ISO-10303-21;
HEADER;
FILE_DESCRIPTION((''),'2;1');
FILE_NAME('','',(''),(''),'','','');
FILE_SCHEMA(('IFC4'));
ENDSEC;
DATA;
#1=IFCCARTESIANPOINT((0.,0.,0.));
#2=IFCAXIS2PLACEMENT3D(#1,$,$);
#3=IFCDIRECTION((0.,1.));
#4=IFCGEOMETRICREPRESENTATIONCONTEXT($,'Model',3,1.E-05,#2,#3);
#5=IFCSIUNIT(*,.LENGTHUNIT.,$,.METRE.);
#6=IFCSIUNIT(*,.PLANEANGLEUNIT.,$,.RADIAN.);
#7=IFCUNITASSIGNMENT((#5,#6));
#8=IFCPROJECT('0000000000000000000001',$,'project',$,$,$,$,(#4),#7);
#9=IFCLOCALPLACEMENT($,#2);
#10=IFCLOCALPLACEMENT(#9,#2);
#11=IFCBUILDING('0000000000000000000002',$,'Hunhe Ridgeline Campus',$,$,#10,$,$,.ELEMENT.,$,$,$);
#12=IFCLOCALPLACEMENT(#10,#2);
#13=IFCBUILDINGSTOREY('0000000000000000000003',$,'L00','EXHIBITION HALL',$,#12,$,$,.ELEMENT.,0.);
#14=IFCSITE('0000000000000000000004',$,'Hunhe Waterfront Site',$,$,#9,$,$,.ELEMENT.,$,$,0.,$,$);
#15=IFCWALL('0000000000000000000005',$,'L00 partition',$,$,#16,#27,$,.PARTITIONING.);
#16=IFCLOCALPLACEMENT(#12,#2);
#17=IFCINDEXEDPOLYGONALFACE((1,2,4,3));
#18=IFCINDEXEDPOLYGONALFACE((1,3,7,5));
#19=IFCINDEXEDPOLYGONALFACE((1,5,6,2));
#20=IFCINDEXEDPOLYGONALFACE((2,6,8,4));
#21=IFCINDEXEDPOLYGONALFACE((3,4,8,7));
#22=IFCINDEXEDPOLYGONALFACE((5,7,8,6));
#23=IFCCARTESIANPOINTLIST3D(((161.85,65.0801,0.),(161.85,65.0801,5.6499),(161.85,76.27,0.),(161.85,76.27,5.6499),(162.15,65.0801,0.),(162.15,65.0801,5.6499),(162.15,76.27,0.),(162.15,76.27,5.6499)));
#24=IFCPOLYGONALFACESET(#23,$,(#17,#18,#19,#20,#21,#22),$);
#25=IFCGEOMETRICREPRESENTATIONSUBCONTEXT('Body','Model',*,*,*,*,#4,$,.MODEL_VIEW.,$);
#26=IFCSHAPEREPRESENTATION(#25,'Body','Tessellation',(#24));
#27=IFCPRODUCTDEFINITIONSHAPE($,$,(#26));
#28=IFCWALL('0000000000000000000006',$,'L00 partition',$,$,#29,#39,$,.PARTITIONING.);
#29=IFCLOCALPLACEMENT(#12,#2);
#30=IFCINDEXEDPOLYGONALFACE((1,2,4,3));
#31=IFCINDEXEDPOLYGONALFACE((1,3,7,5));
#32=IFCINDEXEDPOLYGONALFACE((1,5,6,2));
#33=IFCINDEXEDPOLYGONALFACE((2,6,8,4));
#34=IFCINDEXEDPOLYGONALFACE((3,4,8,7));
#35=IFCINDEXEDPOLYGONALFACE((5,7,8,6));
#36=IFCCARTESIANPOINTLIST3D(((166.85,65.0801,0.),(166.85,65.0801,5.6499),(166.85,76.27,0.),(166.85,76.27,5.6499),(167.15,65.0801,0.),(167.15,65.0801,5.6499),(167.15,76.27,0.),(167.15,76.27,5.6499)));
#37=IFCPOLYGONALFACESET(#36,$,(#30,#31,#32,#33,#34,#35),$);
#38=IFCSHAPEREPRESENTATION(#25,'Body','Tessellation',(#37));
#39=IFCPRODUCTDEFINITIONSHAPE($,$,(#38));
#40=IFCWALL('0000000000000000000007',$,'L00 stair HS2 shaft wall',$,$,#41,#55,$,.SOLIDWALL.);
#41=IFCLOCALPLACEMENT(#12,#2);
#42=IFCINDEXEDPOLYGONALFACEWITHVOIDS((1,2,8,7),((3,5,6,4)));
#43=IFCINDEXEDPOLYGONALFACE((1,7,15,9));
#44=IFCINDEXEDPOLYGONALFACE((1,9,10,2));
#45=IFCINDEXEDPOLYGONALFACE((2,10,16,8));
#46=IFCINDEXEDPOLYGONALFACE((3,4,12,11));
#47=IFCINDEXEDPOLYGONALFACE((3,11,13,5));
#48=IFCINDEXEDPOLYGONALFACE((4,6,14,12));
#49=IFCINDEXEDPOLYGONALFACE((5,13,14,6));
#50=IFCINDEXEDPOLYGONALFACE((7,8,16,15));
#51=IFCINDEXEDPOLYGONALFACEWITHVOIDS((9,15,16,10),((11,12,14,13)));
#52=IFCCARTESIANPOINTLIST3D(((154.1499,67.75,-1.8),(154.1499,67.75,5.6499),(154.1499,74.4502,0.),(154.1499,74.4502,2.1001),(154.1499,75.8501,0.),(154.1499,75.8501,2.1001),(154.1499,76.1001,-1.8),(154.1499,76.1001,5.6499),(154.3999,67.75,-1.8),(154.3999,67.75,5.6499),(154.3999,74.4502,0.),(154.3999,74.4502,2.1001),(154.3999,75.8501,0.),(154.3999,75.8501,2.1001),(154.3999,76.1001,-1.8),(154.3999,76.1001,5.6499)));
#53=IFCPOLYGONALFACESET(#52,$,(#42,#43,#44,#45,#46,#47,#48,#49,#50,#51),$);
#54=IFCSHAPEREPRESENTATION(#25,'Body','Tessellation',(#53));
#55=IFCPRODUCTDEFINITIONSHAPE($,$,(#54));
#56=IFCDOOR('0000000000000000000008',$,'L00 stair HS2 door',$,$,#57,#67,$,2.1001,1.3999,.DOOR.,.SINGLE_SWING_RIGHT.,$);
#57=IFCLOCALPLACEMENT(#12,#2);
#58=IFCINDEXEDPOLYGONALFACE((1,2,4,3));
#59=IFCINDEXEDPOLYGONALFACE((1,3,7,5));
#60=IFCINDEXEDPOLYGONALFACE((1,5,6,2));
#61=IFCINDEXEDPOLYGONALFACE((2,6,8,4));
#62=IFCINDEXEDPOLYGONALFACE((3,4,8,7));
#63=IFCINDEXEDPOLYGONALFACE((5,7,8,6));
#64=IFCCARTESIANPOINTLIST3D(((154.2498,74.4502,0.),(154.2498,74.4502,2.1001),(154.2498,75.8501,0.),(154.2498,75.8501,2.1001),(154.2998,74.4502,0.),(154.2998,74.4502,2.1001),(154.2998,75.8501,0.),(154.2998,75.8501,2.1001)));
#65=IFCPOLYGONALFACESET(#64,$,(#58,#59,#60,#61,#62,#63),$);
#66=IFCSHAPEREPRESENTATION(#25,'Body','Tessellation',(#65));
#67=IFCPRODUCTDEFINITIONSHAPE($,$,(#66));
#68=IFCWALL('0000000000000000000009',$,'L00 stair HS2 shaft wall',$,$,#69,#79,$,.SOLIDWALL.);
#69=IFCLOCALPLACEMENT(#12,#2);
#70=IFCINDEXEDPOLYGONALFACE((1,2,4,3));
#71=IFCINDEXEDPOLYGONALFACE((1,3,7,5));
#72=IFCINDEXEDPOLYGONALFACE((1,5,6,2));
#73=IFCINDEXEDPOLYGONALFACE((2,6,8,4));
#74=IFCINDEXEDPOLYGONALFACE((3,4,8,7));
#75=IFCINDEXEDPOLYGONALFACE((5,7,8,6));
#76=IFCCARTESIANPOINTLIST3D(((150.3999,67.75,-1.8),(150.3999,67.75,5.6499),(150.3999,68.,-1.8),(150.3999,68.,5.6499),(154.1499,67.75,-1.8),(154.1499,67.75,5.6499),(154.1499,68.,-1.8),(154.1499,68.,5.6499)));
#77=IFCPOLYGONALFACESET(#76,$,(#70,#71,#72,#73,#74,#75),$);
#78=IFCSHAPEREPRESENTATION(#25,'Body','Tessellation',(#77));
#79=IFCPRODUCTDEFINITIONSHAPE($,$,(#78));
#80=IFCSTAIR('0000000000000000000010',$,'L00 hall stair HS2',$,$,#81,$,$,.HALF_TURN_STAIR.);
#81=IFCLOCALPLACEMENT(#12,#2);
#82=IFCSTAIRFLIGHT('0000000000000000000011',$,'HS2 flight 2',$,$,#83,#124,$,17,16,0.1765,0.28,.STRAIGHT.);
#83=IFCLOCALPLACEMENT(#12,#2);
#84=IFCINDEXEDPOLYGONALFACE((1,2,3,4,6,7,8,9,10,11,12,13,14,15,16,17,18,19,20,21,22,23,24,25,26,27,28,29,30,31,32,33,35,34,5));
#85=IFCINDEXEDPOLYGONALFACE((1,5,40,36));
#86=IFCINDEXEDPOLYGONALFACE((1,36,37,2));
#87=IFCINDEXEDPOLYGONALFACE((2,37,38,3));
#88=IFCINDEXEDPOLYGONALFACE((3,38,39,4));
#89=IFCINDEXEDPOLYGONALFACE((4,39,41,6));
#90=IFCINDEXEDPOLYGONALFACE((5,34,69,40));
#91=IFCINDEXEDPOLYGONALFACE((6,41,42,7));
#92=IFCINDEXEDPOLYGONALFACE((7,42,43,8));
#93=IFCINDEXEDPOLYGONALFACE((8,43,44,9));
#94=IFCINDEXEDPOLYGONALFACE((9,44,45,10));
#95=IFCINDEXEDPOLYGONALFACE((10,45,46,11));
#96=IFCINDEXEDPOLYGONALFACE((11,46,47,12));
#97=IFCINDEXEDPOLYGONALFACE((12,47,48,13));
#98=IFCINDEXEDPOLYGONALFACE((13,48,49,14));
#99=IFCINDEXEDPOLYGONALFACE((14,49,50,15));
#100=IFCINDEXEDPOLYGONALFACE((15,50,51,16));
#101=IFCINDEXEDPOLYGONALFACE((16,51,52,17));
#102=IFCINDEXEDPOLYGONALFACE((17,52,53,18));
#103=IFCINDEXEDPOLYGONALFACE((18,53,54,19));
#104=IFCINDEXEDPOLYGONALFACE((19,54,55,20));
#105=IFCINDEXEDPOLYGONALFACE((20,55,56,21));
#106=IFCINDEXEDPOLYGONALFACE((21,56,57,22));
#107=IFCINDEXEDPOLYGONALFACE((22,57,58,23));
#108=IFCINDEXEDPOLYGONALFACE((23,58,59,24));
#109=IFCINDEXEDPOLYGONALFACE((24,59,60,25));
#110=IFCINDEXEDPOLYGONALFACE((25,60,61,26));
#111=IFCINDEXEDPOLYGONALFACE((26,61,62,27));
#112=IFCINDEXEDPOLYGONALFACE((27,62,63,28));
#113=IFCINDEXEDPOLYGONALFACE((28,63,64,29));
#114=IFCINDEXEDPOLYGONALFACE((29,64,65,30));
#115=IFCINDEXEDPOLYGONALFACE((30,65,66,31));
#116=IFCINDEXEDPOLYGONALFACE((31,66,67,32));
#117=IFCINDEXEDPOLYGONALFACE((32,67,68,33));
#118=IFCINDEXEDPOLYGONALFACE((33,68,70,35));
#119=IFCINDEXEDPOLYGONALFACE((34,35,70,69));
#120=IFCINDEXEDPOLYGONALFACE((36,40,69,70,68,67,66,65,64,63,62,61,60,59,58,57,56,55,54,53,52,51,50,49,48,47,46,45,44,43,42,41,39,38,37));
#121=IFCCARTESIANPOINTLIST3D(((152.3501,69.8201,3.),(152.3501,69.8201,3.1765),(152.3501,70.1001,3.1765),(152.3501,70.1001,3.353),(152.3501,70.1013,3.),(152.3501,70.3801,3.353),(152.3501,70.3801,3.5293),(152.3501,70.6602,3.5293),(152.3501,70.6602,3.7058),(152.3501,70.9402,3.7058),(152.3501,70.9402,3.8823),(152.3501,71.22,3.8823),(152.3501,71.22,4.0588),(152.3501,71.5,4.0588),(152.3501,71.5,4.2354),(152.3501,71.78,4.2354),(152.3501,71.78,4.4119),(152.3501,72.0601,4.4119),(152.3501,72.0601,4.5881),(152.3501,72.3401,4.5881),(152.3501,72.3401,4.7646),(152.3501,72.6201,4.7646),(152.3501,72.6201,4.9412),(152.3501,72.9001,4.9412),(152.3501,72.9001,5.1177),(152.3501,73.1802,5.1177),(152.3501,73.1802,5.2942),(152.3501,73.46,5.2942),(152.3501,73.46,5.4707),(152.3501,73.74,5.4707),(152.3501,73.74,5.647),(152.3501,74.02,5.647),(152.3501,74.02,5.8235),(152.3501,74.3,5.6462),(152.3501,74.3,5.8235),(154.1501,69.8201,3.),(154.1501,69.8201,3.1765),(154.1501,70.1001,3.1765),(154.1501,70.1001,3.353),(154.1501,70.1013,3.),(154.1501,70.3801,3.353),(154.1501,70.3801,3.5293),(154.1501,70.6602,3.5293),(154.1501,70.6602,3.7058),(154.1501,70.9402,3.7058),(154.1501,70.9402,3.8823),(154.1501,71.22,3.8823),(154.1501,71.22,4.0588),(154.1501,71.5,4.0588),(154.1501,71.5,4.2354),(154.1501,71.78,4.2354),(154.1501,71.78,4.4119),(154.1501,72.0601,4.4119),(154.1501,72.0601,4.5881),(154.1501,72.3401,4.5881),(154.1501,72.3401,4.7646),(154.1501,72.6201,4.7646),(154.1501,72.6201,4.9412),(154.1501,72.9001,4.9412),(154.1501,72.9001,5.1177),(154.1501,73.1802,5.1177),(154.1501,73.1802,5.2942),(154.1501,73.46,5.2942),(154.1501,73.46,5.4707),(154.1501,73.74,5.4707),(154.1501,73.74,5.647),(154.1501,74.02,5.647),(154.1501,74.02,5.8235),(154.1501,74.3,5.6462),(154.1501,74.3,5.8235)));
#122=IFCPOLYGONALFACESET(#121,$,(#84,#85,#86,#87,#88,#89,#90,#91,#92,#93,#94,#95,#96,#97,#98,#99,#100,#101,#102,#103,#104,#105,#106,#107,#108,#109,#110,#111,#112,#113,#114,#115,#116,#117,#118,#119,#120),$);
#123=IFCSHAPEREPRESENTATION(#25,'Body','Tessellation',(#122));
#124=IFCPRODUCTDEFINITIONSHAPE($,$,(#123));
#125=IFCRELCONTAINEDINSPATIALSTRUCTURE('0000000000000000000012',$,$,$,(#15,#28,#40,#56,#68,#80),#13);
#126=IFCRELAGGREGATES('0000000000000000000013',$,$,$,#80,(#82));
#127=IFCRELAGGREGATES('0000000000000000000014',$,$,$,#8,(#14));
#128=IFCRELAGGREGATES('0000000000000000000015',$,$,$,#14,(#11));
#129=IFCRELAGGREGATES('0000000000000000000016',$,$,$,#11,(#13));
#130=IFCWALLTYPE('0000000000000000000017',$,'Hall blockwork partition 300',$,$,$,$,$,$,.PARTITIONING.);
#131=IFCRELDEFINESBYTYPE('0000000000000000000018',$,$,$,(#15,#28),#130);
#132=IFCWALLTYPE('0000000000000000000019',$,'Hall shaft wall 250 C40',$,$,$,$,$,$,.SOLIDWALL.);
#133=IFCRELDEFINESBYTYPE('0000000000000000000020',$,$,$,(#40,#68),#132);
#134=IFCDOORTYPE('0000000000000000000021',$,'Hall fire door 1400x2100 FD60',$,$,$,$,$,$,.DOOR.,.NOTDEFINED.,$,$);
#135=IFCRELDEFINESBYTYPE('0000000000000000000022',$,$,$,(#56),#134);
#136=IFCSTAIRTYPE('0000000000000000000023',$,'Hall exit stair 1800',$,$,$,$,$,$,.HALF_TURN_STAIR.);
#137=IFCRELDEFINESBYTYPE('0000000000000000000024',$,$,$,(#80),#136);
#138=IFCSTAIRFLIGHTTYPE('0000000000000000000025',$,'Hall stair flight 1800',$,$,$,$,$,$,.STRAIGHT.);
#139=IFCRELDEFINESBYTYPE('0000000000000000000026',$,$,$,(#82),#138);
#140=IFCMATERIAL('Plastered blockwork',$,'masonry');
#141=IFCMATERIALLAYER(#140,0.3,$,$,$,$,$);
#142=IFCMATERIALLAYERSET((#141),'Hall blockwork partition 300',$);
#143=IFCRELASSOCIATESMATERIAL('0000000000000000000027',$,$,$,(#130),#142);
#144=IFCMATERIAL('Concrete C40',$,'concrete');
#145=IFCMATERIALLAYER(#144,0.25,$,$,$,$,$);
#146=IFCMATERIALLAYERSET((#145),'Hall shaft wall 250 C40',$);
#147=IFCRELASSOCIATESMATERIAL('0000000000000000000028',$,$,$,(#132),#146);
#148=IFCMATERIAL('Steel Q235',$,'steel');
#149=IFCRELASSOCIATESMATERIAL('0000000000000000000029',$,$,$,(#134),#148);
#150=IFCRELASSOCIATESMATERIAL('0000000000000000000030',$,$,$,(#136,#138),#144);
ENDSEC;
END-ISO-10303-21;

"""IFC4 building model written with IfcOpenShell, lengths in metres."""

from ifc_helpers import new_model, si_unit, direction, frame, frame_2d, origin, place, context, subcontext, project, spatial, polyline, rectangle, outline, extrude, material, layer, layer_set, type_object, element, fill, aggregate, save


model = new_model("IFC4")

# Units and contexts
model_context = context("Model", 3, precision=1e-05, world=origin(), true_north=direction((0.0, 1.0)))
body_context = subcontext(model_context, "Body", "Model", "MODEL_VIEW")
ifc_project = project(units=[si_unit("LENGTHUNIT", "METRE"), si_unit("PLANEANGLEUNIT", "RADIAN")], contexts=[model_context])

# Site, building, storey
site_placement = place(None, origin())
site = spatial("IfcSite", under=ifc_project, at=site_placement, Name="Hunhe Waterfront Site", CompositionType="ELEMENT", RefElevation=0.0)
building_placement = place(site_placement, origin())
building = spatial("IfcBuilding", under=site, at=building_placement, Name="Hunhe Ridgeline Campus", CompositionType="ELEMENT")
storey_placement = place(building_placement, origin())
storey = spatial("IfcBuildingStorey", under=building, at=storey_placement, Name="L00", Description="EXHIBITION HALL", CompositionType="ELEMENT", Elevation=0.0)

# Shared definitions
ifc_material_1 = material(Name="Plastered blockwork", Category="masonry")
ifc_layer_1 = layer(ifc_material_1, 0.3)
ifc_layer_set_1 = layer_set([ifc_layer_1], Name="Hall blockwork partition 300")
wall_type_1 = type_object("IfcWallType", Name="Hall blockwork partition 300", PredefinedType="PARTITIONING", material=ifc_layer_set_1)

# Walls
for number, where, z_axis, x_axis, name in (
    (1, (162.0, 65.0801, 0.0), (0.0, 0.0, 1.0), (0.0, 1.0, 0.0), "L00 partition"),
    (2, (167.0, 65.0801, 0.0), (0.0, 0.0, 1.0), (0.0, 1.0, 0.0), "L00 partition"),
):
    element("IfcWall", number, at=place(storey_placement, frame(where, z_axis=z_axis, x_axis=x_axis)), inside=storey, type_object=wall_type_1, Name=name, PredefinedType="PARTITIONING", context=body_context, shape_type="SweptSolid", body=[
        extrude(rectangle(XDim=11.1899, YDim=0.3, at=frame_2d((5.595, 0.0))), origin(), (0.0, 0.0, 1.0), 5.6499),
    ])

# Wall, opening, door
ifc_material_2 = material(Name="Concrete C40", Category="concrete")
ifc_layer_2 = layer(ifc_material_2, 0.25)
ifc_layer_set_2 = layer_set([ifc_layer_2], Name="Hall shaft wall 250 C40")
wall_type_2 = type_object("IfcWallType", Name="Hall shaft wall 250 C40", PredefinedType="SOLIDWALL", material=ifc_layer_set_2)
wall_1_placement = place(storey_placement, frame((154.2749, 76.1001, -1.8), z_axis=(0.0, 0.0, 1.0), x_axis=(0.0, -1.0, 0.0)))
wall_1 = element("IfcWall", 3, at=wall_1_placement, inside=storey, type_object=wall_type_2, Name="L00 stair HS2 shaft wall", PredefinedType="SOLIDWALL", context=body_context, shape_type="SweptSolid", body=[
    extrude(rectangle(XDim=8.3501, YDim=0.25, at=frame_2d((4.175, 0.0))), origin(), (0.0, 0.0, 1.0), 7.45),
])
opening_1_placement = place(wall_1_placement, frame((0.25, 0.0, 1.8)))
opening_1 = element("IfcOpeningElement", 4, at=opening_1_placement, cuts=wall_1, PredefinedType="OPENING", context=body_context, shape_type="SweptSolid", body=[
    extrude(rectangle(XDim=1.3999, YDim=2.1001, at=frame_2d((0.7, 1.05))), frame((0.0, 0.125, 0.0), z_axis=(0.0, -1.0, 0.0), x_axis=(1.0, 0.0, 0.0)), (0.0, 0.0, 1.0), 0.25),
])
ifc_material_3 = material(Name="Steel Q235", Category="steel")
door_type_1 = type_object("IfcDoorType", Name="Hall fire door 1400x2100 FD60", OperationType="NOTDEFINED", PredefinedType="DOOR", material=ifc_material_3)
door_1_placement = place(opening_1_placement, origin())
door_1 = element("IfcDoor", 5, at=door_1_placement, inside=storey, type_object=door_type_1, Name="L00 stair HS2 door", OperationType="SINGLE_SWING_RIGHT", OverallHeight=2.1001, OverallWidth=1.3999, PredefinedType="DOOR", context=body_context, shape_type="SweptSolid", body=[
    extrude(rectangle(XDim=1.3999, YDim=2.1001, at=frame_2d((0.7, 1.05))), frame((0.0, 0.0249, 0.0), z_axis=(0.0, -1.0, 0.0), x_axis=(1.0, 0.0, 0.0)), (0.0, 0.0, 1.0), 0.05),
])
fill(opening_1, door_1)

# Wall
wall_2_placement = place(storey_placement, frame((154.1499, 67.875, -1.8), z_axis=(0.0, 0.0, 1.0), x_axis=(-1.0, 0.0, 0.0)))
element("IfcWall", 6, at=wall_2_placement, inside=storey, type_object=wall_type_2, Name="L00 stair HS2 shaft wall", PredefinedType="SOLIDWALL", context=body_context, shape_type="SweptSolid", body=[
    extrude(rectangle(XDim=3.75, YDim=0.25, at=frame_2d((1.875, 0.0))), origin(), (0.0, 0.0, 1.0), 7.45),
])

# Stair, stair flight
stair_type = type_object("IfcStairType", Name="Hall exit stair 1800", PredefinedType="HALF_TURN_STAIR", material=ifc_material_2)
stair_placement = place(storey_placement, origin())
stair = element("IfcStair", 7, at=stair_placement, inside=storey, type_object=stair_type, Name="L00 hall stair HS2", PredefinedType="HALF_TURN_STAIR")
stair_flight_type = type_object("IfcStairFlightType", Name="Hall stair flight 1800", PredefinedType="STRAIGHT", material=ifc_material_2)
stair_flight_placement = place(storey_placement, frame((153.25, 69.8201, 3.0), z_axis=(0.0, 0.0, 1.0), x_axis=(0.0, 1.0, 0.0)))
stair_flight = element("IfcStairFlight", 8, at=stair_flight_placement, type_object=stair_flight_type, Name="HS2 flight 2", NumberOfRisers=17, NumberOfTreads=16, PredefinedType="STRAIGHT", RiserHeight=0.1765, TreadLength=0.28, context=body_context, shape_type="SweptSolid", body=[
    extrude(outline(polyline([(0.0, 0.0), (0.0, 0.1765), (0.28, 0.1765), (0.28, 0.353), (0.5601, 0.353), (0.5601, 0.5293), (0.8401, 0.5293), (0.8401, 0.7058), (1.1201, 0.7058), (1.1201, 0.8823), (1.3999, 0.8823), (1.3999, 1.0588), (1.6799, 1.0588), (1.6799, 1.2354), (1.96, 1.2354), (1.96, 1.4119), (2.24, 1.4119), (2.24, 1.5881), (2.52, 1.5881), (2.52, 1.7646), (2.8, 1.7646), (2.8, 1.9412), (3.0801, 1.9412), (3.0801, 2.1177), (3.3601, 2.1177), (3.3601, 2.2942), (3.6399, 2.2942), (3.6399, 2.4707), (3.9199, 2.4707), (3.9199, 2.647), (4.2, 2.647), (4.2, 2.8235), (4.48, 2.8235), (4.48, 3.0), (4.48, 2.6462), (0.2812, 0.0), (0.0, 0.0)])), frame((0.0, 0.8999, 0.0), z_axis=(0.0, -1.0, 0.0), x_axis=(1.0, 0.0, 0.0)), (0.0, 0.0, 1.0), 1.8),
])
aggregate(stair, [stair_flight])

save(model, "model.ifc")
